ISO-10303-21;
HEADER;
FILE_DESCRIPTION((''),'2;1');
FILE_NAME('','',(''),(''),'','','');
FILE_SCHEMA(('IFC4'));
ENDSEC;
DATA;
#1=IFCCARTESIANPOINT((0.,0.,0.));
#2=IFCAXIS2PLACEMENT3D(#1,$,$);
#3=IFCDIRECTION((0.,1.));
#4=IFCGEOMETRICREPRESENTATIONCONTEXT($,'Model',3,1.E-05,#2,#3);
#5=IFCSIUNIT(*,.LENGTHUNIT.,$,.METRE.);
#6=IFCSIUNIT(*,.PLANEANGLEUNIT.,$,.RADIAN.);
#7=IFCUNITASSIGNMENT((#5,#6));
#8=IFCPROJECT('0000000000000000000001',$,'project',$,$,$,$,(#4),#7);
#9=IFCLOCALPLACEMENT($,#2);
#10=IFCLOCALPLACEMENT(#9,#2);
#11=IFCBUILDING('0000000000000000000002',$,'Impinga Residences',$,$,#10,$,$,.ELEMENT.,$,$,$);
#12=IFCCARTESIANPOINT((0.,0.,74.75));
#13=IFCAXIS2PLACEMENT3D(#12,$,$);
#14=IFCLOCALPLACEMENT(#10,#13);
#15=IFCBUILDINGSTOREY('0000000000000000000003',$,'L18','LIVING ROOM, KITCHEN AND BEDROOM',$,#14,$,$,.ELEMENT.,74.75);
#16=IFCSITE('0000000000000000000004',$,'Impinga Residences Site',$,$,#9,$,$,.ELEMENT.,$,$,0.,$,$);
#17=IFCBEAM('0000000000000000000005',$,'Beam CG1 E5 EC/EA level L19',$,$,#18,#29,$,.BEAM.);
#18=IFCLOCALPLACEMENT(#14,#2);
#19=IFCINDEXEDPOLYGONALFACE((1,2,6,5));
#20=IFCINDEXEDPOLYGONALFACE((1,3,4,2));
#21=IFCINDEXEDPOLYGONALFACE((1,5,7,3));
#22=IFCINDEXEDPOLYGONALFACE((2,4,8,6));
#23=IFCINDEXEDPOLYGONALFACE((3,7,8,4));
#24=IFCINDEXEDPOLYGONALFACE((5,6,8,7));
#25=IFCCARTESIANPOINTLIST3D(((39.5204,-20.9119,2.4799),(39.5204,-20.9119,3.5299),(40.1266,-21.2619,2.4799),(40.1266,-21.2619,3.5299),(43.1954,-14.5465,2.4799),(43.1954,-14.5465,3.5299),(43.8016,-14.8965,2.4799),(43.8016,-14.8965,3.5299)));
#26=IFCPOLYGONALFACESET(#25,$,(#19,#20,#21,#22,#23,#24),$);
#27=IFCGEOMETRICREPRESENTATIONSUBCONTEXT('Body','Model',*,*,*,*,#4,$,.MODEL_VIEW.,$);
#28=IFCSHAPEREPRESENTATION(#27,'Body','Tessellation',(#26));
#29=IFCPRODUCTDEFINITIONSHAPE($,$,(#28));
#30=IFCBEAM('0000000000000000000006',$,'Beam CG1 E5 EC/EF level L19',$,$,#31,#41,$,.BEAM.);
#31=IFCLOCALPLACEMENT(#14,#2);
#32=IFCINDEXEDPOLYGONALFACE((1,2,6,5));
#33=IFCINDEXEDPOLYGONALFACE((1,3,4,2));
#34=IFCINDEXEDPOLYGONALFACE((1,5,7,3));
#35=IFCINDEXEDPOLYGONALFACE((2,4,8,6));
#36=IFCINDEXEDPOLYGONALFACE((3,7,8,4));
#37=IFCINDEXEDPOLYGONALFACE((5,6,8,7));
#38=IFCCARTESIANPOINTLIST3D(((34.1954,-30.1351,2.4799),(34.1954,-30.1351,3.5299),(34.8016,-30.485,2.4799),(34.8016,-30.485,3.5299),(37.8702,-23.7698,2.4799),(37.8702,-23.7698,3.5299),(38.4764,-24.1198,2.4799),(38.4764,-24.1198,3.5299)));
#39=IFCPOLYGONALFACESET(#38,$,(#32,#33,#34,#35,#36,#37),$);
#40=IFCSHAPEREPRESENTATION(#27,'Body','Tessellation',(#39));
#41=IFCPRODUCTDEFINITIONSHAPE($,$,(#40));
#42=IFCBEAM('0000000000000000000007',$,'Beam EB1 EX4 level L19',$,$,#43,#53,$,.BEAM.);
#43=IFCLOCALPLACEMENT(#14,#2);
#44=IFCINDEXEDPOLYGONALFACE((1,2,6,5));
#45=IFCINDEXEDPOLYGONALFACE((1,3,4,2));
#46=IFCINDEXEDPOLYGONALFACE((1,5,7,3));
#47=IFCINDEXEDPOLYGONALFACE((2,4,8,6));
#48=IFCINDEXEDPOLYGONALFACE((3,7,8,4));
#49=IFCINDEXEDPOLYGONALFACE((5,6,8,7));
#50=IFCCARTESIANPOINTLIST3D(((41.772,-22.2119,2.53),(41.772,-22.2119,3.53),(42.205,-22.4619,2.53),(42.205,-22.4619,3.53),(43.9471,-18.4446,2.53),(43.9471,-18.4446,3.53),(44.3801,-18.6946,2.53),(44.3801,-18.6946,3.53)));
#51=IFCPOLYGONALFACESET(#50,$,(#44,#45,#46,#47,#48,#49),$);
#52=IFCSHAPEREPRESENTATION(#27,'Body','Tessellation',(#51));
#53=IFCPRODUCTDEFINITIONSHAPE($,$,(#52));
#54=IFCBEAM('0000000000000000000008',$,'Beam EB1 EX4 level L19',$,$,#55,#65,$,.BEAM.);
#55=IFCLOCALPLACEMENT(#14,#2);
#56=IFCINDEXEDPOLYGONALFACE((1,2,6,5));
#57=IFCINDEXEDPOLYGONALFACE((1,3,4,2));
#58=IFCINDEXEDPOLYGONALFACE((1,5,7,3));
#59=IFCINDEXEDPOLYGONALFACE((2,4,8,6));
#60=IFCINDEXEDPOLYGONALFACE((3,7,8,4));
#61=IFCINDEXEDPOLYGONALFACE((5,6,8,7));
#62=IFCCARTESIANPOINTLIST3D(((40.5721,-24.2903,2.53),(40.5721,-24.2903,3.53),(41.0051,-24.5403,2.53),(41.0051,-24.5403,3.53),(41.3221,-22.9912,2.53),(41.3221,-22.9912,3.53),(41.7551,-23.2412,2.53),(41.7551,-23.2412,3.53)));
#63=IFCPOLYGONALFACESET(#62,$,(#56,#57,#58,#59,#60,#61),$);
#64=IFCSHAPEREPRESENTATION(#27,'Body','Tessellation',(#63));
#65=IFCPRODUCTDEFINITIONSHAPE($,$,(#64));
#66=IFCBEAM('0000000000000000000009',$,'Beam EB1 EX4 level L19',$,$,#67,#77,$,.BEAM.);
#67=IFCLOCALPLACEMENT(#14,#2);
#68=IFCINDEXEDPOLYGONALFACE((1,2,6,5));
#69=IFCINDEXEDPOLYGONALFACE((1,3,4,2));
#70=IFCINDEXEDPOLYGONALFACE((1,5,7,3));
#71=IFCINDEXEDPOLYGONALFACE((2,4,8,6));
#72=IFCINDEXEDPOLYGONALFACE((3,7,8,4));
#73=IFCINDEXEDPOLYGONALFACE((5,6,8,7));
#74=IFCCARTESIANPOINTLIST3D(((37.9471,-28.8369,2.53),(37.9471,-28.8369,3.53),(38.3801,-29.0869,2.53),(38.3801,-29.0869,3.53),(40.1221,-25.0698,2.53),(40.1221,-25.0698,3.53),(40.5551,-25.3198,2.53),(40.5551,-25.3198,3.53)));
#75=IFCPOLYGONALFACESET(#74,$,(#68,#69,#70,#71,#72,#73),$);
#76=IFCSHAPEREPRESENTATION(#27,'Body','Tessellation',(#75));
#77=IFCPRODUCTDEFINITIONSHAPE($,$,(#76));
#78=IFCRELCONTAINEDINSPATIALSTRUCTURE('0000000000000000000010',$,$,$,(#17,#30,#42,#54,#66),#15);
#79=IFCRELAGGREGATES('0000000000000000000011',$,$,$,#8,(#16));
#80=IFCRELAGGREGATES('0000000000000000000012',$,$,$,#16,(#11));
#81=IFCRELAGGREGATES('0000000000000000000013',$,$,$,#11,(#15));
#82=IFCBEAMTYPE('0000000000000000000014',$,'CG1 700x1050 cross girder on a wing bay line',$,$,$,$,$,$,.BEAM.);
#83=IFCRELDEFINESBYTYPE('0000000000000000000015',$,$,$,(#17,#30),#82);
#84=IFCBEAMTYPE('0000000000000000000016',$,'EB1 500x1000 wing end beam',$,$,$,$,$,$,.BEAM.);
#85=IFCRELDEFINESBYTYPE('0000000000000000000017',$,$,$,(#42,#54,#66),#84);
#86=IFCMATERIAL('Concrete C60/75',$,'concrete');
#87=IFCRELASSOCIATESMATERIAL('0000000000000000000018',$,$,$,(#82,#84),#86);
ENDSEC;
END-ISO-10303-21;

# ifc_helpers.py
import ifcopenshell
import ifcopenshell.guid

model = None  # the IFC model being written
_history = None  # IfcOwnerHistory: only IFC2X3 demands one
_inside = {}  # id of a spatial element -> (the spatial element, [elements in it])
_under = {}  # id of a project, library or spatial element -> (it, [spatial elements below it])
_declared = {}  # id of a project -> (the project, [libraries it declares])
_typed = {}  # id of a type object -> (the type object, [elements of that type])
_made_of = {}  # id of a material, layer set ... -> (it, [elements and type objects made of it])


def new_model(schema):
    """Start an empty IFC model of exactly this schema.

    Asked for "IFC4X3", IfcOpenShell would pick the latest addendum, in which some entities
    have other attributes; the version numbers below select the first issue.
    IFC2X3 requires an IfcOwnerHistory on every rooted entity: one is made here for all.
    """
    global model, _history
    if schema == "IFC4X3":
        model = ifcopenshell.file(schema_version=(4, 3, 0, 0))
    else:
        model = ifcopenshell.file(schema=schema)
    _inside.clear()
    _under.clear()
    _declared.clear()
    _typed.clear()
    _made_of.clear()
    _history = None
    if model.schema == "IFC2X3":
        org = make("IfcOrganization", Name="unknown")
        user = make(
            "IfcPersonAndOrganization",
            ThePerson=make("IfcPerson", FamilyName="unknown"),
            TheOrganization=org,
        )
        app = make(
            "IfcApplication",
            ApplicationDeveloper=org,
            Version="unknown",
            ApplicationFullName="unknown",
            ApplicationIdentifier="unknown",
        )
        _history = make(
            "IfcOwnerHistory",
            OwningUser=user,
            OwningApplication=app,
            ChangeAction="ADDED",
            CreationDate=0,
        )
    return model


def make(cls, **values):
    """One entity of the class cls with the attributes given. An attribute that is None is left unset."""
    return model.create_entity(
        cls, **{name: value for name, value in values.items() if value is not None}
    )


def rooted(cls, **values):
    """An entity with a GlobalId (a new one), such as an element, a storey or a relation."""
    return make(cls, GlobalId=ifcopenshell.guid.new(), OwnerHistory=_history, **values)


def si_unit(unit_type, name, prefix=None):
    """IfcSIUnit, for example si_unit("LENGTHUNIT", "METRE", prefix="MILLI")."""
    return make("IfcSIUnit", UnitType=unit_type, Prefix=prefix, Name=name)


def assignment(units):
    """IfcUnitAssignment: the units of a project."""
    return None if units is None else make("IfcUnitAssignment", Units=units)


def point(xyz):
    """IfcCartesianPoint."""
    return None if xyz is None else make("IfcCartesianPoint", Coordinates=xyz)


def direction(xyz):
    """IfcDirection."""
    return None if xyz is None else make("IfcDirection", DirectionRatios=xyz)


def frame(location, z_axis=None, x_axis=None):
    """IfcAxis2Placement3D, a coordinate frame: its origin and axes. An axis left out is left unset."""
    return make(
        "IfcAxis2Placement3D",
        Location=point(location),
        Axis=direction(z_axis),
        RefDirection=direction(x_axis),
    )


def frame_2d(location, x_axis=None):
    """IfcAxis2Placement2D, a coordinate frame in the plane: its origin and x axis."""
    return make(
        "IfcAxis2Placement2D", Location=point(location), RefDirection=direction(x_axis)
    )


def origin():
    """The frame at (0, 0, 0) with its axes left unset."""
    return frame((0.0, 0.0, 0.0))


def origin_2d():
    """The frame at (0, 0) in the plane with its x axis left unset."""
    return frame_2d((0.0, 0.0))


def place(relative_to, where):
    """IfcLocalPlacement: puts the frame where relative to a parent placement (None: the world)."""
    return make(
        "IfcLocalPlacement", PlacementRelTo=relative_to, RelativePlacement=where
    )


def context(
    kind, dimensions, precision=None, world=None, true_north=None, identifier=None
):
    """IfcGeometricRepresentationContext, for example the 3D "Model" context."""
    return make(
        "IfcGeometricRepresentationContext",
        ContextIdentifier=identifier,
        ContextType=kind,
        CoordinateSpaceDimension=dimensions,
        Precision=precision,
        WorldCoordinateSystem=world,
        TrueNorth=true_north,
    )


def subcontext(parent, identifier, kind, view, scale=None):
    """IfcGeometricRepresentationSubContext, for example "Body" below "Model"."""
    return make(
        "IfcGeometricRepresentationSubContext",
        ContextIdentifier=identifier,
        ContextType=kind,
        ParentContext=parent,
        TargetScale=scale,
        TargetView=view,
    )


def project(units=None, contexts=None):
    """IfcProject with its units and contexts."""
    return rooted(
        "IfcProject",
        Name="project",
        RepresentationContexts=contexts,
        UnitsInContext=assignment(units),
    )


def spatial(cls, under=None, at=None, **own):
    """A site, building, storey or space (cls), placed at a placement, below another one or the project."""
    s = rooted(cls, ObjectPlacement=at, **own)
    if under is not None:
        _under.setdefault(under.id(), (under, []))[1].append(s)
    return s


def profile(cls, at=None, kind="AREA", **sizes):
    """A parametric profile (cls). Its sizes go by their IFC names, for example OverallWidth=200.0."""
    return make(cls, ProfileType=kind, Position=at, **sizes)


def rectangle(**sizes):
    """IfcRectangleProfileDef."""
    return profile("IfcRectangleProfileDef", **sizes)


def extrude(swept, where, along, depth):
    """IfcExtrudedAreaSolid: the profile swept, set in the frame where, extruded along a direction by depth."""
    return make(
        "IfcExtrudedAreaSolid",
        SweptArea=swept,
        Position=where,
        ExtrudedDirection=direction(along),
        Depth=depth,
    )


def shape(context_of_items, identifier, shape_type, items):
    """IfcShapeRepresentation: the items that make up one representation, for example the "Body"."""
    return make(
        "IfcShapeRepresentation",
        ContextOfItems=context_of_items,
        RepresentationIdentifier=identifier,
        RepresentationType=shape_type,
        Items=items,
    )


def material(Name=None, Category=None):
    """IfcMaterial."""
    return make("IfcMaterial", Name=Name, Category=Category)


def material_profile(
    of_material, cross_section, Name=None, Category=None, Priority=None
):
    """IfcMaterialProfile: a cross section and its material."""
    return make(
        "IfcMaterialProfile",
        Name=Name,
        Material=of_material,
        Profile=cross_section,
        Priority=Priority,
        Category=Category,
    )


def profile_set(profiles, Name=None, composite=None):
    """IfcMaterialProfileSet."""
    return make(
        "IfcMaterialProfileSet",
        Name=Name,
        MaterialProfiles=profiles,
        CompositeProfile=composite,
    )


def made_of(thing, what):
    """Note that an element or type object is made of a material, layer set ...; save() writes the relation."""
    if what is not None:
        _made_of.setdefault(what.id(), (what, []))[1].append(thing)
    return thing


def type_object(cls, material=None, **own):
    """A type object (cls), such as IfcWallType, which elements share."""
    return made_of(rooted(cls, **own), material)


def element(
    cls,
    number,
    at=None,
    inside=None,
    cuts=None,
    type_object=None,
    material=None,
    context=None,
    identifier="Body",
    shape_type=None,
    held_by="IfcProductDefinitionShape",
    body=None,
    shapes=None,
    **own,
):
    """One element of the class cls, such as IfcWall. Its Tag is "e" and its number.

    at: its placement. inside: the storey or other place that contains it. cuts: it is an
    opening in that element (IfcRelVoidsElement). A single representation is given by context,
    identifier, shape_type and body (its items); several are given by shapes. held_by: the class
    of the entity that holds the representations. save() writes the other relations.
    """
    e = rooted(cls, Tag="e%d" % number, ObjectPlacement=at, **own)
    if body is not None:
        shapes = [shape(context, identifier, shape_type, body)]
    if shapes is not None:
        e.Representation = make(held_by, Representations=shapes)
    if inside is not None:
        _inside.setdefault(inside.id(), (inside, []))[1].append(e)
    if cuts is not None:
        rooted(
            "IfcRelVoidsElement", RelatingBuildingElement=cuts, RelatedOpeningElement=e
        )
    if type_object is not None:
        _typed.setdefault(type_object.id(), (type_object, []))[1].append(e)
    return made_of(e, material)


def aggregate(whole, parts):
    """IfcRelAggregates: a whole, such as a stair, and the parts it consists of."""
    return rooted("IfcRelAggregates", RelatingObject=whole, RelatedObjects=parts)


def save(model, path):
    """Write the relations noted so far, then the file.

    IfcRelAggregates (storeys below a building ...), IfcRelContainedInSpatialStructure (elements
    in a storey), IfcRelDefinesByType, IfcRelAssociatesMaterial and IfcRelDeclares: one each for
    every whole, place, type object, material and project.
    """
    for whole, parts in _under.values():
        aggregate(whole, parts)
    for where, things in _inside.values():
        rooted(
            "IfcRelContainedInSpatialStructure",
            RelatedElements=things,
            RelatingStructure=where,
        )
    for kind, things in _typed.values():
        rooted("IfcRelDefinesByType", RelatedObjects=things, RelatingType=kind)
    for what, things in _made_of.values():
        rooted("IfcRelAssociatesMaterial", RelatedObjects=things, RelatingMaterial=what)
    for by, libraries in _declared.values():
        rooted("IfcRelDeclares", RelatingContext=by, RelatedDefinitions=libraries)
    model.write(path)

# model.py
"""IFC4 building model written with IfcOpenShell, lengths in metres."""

from ifc_helpers import new_model, si_unit, direction, frame, origin, origin_2d, place, context, subcontext, project, spatial, rectangle, extrude, material, material_profile, profile_set, type_object, element, save


model = new_model("IFC4")

# Units and contexts
model_context = context("Model", 3, precision=1e-05, world=origin(), true_north=direction((0.0, 1.0)))
body_context = subcontext(model_context, "Body", "Model", "MODEL_VIEW")
ifc_project = project(units=[si_unit("LENGTHUNIT", "METRE"), si_unit("PLANEANGLEUNIT", "RADIAN")], contexts=[model_context])

# Site, building, storey
site_placement = place(None, origin())
site = spatial("IfcSite", under=ifc_project, at=site_placement, Name="Impinga Residences Site", CompositionType="ELEMENT", RefElevation=0.0)
building_placement = place(site_placement, origin())
building = spatial("IfcBuilding", under=site, at=building_placement, Name="Impinga Residences", CompositionType="ELEMENT")
storey_placement = place(building_placement, frame((0.0, 0.0, 74.75)))
storey = spatial("IfcBuildingStorey", under=building, at=storey_placement, Name="L18", Description="LIVING ROOM, KITCHEN AND BEDROOM", CompositionType="ELEMENT", Elevation=74.75)

# Beams
ifc_material_1 = material(Name="Concrete C60/75", Category="concrete")
ifc_material_profile_1 = material_profile(ifc_material_1, rectangle(XDim=0.7, YDim=1.05, at=origin_2d()), Name="RC 700x1050")
ifc_profile_set_1 = profile_set([ifc_material_profile_1], Name="Concrete C60/75")
beam_type_1 = type_object("IfcBeamType", Name="CG1 700x1050 cross girder on a wing bay line", PredefinedType="BEAM", material=ifc_profile_set_1)
beam_1_placement = place(storey_placement, frame((39.8235, -21.0869, 3.0049), z_axis=(0.499994, 0.866029, 0.0), x_axis=(-0.866029, 0.499994, 0.0)))
element("IfcBeam", 1, at=beam_1_placement, inside=storey, type_object=beam_type_1, Name="Beam CG1 E5 EC/EA level L19", PredefinedType="BEAM", context=body_context, shape_type="SweptSolid", body=[
    extrude(rectangle(XDim=0.7, YDim=1.05, at=origin_2d()), origin(), (0.0, 0.0, 1.0), 7.3501),
])
beam_2_placement = place(storey_placement, frame((38.1733, -23.9448, 3.0049), z_axis=(-0.499983, -0.866035, 0.0), x_axis=(0.866035, -0.499983, 0.0)))
element("IfcBeam", 2, at=beam_2_placement, inside=storey, type_object=beam_type_1, Name="Beam CG1 E5 EC/EF level L19", PredefinedType="BEAM", context=body_context, shape_type="SweptSolid", body=[
    extrude(rectangle(XDim=0.7, YDim=1.05, at=origin_2d()), origin(), (0.0, 0.0, 1.0), 7.3499),
])
ifc_material_profile_2 = material_profile(ifc_material_1, rectangle(XDim=0.5, YDim=1.0, at=origin_2d()), Name="RC 500x1000")
ifc_profile_set_2 = profile_set([ifc_material_profile_2], Name="Concrete C60/75")
beam_type_2 = type_object("IfcBeamType", Name="EB1 500x1000 wing end beam", PredefinedType="BEAM", material=ifc_profile_set_2)
beam_3_placement = place(storey_placement, frame((44.1636, -18.5696, 3.03), z_axis=(-0.499996, -0.866028, 0.0), x_axis=(0.866028, -0.499996, 0.0)))
element("IfcBeam", 3, at=beam_3_placement, inside=storey, type_object=beam_type_2, Name="Beam EB1 EX4 level L19", PredefinedType="BEAM", context=body_context, shape_type="SweptSolid", body=[
    extrude(rectangle(XDim=0.5, YDim=1.0, at=origin_2d()), origin(), (0.0, 0.0, 1.0), 4.3501),
])
beam_4_placement = place(storey_placement, frame((41.5386, -23.1162, 3.03), z_axis=(-0.49999, -0.866031, 0.0), x_axis=(0.866031, -0.49999, 0.0)))
element("IfcBeam", 4, at=beam_4_placement, inside=storey, type_object=beam_type_2, Name="Beam EB1 EX4 level L19", PredefinedType="BEAM", context=body_context, shape_type="SweptSolid", body=[
    extrude(rectangle(XDim=0.5, YDim=1.0, at=origin_2d()), origin(), (0.0, 0.0, 1.0), 1.5),
])
beam_5_placement = place(storey_placement, frame((40.3386, -25.1948, 3.03), z_axis=(-0.50002, -0.866014, 0.0), x_axis=(0.866014, -0.50002, 0.0)))
element("IfcBeam", 5, at=beam_5_placement, inside=storey, type_object=beam_type_2, Name="Beam EB1 EX4 level L19", PredefinedType="BEAM", context=body_context, shape_type="SweptSolid", body=[
    extrude(rectangle(XDim=0.5, YDim=1.0, at=origin_2d()), origin(), (0.0, 0.0, 1.0), 4.3499),
])

save(model, "model.ifc")
